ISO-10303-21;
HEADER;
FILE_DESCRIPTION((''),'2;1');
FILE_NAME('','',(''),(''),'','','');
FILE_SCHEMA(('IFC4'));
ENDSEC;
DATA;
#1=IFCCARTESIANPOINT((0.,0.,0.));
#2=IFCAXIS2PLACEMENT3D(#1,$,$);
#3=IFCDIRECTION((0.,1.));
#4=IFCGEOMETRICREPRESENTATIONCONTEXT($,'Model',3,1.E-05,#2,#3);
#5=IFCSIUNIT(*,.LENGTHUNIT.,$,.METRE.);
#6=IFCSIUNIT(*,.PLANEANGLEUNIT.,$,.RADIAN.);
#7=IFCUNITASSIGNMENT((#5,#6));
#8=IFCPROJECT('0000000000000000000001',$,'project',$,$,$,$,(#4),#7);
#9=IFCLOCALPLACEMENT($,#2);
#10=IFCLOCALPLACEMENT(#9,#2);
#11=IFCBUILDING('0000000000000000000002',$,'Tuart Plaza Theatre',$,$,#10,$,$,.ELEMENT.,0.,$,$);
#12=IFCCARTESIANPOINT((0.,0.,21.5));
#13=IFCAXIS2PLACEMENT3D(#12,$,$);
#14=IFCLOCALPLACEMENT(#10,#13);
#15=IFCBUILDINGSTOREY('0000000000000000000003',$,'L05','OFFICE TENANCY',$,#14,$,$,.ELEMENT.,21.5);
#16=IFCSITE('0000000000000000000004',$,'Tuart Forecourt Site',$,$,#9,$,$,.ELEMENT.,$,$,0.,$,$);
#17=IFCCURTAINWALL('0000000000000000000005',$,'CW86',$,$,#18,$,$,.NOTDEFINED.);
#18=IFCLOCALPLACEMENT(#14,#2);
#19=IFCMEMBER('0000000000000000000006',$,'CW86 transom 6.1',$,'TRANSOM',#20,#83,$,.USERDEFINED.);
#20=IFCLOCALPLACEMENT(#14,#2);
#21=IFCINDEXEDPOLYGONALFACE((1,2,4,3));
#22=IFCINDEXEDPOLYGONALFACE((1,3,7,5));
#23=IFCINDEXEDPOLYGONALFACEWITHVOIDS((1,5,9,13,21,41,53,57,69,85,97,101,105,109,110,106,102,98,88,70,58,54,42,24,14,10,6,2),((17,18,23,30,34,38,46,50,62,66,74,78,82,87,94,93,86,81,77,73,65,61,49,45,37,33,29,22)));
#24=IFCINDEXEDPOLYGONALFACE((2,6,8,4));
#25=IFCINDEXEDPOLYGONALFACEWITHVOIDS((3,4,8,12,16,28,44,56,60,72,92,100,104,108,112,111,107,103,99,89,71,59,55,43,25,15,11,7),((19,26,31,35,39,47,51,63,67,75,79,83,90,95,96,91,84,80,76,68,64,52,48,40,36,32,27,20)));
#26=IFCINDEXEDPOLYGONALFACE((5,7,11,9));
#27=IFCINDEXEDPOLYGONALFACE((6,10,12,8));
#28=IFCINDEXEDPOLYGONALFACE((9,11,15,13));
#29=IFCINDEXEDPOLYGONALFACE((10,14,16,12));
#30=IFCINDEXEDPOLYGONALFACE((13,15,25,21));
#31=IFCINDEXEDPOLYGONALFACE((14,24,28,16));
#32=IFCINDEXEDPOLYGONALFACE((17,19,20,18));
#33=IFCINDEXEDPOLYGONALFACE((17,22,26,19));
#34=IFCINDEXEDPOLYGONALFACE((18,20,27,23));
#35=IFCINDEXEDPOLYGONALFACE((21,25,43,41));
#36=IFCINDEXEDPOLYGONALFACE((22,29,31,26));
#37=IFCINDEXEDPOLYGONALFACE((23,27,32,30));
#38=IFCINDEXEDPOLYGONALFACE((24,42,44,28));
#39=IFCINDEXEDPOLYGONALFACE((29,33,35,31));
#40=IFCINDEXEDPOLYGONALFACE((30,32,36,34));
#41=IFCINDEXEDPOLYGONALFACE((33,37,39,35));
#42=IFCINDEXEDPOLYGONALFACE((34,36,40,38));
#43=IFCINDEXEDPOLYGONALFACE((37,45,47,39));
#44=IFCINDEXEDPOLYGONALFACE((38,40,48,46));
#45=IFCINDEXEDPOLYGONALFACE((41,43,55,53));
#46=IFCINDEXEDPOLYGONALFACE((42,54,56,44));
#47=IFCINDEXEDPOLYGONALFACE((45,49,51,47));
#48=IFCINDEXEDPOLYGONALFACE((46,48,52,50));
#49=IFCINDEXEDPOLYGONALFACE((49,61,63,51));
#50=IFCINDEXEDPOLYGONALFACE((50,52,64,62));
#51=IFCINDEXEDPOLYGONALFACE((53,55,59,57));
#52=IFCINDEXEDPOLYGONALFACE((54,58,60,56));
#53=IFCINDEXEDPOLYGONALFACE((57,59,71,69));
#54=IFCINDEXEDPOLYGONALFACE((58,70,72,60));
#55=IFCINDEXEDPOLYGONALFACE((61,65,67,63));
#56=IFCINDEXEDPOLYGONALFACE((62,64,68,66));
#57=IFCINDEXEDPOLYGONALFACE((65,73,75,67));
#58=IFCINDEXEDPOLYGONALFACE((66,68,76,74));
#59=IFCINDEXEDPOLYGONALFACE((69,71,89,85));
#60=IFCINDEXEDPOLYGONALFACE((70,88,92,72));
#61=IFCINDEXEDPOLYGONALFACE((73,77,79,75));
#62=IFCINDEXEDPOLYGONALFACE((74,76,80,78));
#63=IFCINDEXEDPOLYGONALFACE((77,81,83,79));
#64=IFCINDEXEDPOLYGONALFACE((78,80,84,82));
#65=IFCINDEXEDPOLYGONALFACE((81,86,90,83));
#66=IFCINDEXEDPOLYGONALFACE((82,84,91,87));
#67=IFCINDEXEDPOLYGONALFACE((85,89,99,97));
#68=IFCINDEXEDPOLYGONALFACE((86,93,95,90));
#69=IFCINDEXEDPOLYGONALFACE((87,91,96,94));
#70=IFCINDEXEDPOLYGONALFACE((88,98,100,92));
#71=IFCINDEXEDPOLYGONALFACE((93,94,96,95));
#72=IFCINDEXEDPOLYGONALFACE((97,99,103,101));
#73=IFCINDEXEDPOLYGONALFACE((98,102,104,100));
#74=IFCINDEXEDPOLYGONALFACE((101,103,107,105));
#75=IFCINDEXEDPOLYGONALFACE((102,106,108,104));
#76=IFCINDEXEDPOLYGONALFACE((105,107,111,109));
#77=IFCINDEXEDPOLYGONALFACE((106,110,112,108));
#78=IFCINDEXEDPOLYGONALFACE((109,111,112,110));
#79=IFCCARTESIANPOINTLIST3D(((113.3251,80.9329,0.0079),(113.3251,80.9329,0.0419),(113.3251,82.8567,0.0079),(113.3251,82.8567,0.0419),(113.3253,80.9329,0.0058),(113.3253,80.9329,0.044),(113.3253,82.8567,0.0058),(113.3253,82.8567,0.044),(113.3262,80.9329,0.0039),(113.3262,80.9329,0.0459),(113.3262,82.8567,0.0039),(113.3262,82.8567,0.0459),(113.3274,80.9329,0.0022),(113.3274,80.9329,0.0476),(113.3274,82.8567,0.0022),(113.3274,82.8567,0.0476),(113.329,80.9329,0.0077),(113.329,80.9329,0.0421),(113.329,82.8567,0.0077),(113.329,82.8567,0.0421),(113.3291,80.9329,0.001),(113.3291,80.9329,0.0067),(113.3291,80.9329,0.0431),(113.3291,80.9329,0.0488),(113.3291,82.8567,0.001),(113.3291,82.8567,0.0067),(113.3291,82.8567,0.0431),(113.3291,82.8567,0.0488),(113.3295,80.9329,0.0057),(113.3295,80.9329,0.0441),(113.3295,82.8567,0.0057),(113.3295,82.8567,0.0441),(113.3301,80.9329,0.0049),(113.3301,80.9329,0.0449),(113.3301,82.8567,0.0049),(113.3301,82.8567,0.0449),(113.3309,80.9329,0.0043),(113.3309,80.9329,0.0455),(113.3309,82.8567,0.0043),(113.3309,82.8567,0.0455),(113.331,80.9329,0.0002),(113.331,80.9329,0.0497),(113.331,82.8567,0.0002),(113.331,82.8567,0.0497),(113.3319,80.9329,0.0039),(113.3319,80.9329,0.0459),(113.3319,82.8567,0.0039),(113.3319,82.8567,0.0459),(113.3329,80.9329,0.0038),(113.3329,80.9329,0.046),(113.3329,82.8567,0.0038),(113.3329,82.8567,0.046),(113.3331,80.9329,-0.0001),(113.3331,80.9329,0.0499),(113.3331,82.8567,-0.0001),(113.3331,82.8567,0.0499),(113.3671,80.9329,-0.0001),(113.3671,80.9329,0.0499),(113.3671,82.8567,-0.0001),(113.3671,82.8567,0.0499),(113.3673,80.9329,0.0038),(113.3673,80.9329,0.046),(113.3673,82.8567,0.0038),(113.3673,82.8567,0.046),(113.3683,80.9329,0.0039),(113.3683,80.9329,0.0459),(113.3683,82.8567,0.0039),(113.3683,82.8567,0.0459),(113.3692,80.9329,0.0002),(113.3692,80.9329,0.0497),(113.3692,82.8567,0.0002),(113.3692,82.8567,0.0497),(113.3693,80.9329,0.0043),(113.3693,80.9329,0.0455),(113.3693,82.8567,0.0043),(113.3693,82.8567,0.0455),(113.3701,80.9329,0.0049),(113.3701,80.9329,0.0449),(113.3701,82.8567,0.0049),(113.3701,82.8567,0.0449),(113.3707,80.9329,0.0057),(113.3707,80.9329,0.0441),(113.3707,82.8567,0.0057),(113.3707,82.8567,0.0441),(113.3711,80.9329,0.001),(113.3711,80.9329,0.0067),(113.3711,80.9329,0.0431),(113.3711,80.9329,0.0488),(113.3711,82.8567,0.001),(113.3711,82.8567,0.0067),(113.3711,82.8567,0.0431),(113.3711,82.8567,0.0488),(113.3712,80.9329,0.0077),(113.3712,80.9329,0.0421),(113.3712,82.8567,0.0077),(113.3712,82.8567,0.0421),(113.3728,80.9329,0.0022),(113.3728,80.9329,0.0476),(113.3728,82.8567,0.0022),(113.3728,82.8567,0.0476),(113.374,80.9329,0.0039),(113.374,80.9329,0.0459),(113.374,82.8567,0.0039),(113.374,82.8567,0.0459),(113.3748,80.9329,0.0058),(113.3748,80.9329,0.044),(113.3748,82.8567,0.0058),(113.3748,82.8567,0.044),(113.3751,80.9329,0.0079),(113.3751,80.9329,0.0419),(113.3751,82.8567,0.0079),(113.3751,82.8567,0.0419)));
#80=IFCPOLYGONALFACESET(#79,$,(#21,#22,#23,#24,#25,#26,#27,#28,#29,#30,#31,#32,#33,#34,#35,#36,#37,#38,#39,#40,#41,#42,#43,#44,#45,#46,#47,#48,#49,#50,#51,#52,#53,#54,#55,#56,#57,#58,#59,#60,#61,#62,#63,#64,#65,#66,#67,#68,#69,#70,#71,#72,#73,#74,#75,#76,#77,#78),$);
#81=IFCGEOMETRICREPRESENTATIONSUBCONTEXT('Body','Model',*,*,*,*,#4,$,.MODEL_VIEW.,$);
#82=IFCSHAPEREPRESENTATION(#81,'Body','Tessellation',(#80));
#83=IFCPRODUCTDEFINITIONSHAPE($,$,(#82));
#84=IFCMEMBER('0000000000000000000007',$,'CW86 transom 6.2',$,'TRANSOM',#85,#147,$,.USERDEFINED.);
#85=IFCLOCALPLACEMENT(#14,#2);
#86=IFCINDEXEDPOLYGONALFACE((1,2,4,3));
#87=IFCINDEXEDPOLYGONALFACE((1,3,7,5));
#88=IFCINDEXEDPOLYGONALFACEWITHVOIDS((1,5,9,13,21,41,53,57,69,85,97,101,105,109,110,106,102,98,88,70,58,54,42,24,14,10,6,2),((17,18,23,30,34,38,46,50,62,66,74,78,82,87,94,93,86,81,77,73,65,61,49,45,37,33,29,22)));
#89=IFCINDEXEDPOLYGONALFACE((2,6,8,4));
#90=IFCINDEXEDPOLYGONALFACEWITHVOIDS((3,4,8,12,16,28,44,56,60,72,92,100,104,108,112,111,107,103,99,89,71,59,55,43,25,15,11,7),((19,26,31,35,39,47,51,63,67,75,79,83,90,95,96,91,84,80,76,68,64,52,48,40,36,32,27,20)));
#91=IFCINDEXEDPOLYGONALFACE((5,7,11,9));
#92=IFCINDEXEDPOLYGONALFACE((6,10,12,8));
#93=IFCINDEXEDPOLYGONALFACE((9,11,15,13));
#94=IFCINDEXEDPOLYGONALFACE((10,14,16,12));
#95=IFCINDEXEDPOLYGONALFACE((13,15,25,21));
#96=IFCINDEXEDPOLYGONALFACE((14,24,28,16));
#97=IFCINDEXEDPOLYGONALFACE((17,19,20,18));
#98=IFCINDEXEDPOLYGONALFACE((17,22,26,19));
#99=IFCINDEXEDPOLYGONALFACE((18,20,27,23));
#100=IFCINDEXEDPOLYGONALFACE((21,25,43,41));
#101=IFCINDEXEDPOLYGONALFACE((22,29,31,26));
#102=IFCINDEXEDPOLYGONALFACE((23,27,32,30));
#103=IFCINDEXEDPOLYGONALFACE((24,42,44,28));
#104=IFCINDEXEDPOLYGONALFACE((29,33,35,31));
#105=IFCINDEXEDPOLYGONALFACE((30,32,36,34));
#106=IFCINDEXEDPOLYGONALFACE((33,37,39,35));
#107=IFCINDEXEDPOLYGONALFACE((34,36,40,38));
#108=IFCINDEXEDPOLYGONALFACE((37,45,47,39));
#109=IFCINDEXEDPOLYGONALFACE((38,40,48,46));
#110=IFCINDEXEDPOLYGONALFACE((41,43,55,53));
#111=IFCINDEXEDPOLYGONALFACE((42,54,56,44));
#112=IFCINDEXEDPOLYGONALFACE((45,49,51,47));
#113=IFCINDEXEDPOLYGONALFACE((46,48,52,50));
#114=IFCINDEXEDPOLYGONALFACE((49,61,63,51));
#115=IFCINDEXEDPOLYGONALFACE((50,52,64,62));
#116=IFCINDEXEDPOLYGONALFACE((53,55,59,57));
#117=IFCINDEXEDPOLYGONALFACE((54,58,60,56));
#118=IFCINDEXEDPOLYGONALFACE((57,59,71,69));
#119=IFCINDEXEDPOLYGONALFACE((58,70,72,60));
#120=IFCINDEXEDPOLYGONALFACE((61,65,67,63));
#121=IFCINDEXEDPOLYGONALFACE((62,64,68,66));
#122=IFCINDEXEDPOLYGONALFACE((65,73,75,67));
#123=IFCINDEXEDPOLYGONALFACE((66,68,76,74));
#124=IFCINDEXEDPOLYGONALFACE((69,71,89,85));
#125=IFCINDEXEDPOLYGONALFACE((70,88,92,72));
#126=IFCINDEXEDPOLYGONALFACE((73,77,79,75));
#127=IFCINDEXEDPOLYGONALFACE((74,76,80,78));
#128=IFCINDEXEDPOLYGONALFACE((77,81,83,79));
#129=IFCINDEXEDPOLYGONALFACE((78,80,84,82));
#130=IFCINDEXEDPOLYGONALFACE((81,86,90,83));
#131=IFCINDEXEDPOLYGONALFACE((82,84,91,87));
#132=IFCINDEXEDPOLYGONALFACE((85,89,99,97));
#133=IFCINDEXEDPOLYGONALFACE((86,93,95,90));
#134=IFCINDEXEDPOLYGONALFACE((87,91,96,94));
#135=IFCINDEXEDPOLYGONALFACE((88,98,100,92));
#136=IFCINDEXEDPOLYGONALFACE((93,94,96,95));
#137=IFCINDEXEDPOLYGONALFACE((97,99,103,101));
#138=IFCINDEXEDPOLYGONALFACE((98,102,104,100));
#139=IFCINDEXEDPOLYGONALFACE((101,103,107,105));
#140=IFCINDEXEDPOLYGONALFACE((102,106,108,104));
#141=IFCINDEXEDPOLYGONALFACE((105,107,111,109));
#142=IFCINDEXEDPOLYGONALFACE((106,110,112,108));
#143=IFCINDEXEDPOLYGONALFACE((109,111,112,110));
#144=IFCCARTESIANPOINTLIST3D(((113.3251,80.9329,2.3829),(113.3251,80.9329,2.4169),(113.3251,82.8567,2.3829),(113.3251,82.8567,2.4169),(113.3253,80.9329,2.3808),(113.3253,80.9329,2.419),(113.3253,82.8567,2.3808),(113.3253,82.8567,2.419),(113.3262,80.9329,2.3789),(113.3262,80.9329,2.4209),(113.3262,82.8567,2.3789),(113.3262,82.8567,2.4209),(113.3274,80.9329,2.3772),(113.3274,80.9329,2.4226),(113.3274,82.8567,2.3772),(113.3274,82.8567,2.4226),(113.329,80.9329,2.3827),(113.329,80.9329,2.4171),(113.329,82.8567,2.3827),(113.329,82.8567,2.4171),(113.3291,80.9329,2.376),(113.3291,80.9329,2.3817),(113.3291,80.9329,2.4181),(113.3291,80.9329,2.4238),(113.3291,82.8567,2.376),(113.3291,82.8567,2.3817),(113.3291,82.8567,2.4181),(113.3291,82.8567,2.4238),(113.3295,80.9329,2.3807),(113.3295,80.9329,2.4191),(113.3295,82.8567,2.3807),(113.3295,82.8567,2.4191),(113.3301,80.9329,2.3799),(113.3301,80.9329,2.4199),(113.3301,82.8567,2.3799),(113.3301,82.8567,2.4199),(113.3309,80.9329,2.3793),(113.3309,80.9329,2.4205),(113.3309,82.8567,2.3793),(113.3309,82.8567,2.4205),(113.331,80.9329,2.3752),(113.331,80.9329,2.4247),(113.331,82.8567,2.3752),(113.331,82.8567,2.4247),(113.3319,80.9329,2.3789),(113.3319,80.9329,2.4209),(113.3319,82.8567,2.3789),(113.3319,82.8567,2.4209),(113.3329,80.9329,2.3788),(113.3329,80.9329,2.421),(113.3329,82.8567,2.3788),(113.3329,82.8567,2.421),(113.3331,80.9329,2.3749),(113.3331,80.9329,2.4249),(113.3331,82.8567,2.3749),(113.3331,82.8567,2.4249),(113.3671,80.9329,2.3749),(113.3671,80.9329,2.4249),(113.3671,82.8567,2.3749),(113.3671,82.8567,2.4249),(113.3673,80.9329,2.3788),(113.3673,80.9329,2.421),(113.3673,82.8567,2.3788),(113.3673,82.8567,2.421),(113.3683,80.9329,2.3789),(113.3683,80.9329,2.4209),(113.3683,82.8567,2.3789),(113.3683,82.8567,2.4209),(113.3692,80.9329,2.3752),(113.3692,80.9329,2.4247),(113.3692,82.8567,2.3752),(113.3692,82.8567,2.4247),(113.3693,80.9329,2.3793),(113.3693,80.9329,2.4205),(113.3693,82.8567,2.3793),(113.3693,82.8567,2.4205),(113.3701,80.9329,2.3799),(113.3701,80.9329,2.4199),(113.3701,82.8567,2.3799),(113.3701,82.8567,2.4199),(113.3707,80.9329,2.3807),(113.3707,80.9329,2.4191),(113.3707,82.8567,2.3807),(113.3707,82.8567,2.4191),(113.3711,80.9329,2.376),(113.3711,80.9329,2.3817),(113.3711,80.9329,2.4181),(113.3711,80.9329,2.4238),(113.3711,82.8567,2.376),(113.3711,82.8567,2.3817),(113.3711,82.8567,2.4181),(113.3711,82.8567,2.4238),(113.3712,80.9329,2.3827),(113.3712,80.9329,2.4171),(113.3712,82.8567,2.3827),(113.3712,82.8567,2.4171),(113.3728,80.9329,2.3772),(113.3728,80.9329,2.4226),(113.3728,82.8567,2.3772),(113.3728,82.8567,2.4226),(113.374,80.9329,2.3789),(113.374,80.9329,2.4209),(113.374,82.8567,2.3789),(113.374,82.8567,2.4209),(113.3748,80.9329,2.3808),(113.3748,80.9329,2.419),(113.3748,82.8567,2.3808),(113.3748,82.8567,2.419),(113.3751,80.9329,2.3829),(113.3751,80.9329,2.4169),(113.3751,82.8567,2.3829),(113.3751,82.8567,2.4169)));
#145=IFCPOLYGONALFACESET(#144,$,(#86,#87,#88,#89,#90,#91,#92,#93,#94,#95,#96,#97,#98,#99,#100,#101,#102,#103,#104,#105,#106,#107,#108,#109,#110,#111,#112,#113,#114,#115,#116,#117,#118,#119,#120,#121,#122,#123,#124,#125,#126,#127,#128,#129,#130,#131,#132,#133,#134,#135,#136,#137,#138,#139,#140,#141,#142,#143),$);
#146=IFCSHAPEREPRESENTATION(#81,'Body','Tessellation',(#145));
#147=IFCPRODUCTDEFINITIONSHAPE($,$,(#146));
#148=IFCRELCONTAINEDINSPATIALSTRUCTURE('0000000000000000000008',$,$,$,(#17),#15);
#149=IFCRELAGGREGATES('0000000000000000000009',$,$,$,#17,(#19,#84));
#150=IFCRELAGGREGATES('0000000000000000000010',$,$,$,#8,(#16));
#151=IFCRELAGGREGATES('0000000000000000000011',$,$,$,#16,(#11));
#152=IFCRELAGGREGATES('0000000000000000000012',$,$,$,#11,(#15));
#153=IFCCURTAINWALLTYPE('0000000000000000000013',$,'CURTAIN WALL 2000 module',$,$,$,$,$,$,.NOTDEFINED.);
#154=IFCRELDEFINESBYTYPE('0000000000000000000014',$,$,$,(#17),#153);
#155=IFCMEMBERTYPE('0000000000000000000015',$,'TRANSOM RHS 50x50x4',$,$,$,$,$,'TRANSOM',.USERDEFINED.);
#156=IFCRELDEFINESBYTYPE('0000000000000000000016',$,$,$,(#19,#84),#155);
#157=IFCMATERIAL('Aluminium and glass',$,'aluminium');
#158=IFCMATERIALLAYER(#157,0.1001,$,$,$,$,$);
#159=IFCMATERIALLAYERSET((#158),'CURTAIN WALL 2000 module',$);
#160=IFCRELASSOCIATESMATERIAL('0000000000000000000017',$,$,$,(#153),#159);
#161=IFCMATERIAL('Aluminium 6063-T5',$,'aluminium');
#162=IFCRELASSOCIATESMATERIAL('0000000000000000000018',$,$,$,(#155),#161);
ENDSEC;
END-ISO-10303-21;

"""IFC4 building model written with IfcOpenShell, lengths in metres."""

from ifc_helpers import new_model, si_unit, direction, frame, origin, origin_2d, place, context, subcontext, project, spatial, hollow_rectangle, extrude, material, layer, layer_set, material_profile, profile_set, type_object, element, aggregate, save


model = new_model("IFC4")

# Units and contexts
model_context = context("Model", 3, precision=1e-05, world=origin(), true_north=direction((0.0, 1.0)))
body_context = subcontext(model_context, "Body", "Model", "MODEL_VIEW")
ifc_project = project(units=[si_unit("LENGTHUNIT", "METRE"), si_unit("PLANEANGLEUNIT", "RADIAN")], contexts=[model_context])

# Site, building, storey
site_placement = place(None, origin())
site = spatial("IfcSite", under=ifc_project, at=site_placement, Name="Tuart Forecourt Site", CompositionType="ELEMENT", RefElevation=0.0)
building_placement = place(site_placement, origin())
building = spatial("IfcBuilding", under=site, at=building_placement, Name="Tuart Plaza Theatre", CompositionType="ELEMENT", ElevationOfRefHeight=0.0)
storey_placement = place(building_placement, frame((0.0, 0.0, 21.5)))
storey = spatial("IfcBuildingStorey", under=building, at=storey_placement, Name="L05", Description="OFFICE TENANCY", CompositionType="ELEMENT", Elevation=21.5)

# Curtain wall, members
ifc_material_1 = material(Name="Aluminium and glass", Category="aluminium")
ifc_layer_1 = layer(ifc_material_1, 0.1001)
ifc_layer_set_1 = layer_set([ifc_layer_1], Name="CURTAIN WALL 2000 module")
curtain_wall_type = type_object("IfcCurtainWallType", Name="CURTAIN WALL 2000 module", PredefinedType="NOTDEFINED", material=ifc_layer_set_1)
curtain_wall_placement = place(storey_placement, origin())
curtain_wall = element("IfcCurtainWall", 1, at=curtain_wall_placement, inside=storey, type_object=curtain_wall_type, Name="CW86", PredefinedType="NOTDEFINED")
ifc_material_2 = material(Name="Aluminium 6063-T5", Category="aluminium")
ifc_material_profile_1 = material_profile(ifc_material_2, hollow_rectangle(XDim=0.05, YDim=0.05, WallThickness=0.0039, InnerFilletRadius=0.0039, OuterFilletRadius=0.0081, at=origin_2d()), Name="RHS 50x50x4")
ifc_profile_set_1 = profile_set([ifc_material_profile_1], Name="Aluminium 6063-T5")
member_type_1 = type_object("IfcMemberType", Name="TRANSOM RHS 50x50x4", ElementType="TRANSOM", PredefinedType="USERDEFINED", material=ifc_profile_set_1)
member_1_placement = place(storey_placement, frame((113.3501, 82.8567, 0.0249), z_axis=(0.0, -1.0, 0.0), x_axis=(1.0, 0.0, 0.0)))
member_1 = element("IfcMember", 2, at=member_1_placement, type_object=member_type_1, Name="CW86 transom 6.1", ObjectType="TRANSOM", PredefinedType="USERDEFINED", context=body_context, shape_type="SweptSolid", body=[
    extrude(hollow_rectangle(XDim=0.05, YDim=0.05, WallThickness=0.0039, InnerFilletRadius=0.0039, OuterFilletRadius=0.0081, at=origin_2d()), origin(), (0.0, 0.0, 1.0), 1.9238),
])
member_2_placement = place(storey_placement, frame((113.3501, 82.8567, 2.3999), z_axis=(0.0, -1.0, 0.0), x_axis=(1.0, 0.0, 0.0)))
member_2 = element("IfcMember", 3, at=member_2_placement, type_object=member_type_1, Name="CW86 transom 6.2", ObjectType="TRANSOM", PredefinedType="USERDEFINED", context=body_context, shape_type="SweptSolid", body=[
    extrude(hollow_rectangle(XDim=0.05, YDim=0.05, WallThickness=0.0039, InnerFilletRadius=0.0039, OuterFilletRadius=0.0081, at=origin_2d()), origin(), (0.0, 0.0, 1.0), 1.9238),
])
aggregate(curtain_wall, [member_1, member_2])

save(model, "model.ifc")
